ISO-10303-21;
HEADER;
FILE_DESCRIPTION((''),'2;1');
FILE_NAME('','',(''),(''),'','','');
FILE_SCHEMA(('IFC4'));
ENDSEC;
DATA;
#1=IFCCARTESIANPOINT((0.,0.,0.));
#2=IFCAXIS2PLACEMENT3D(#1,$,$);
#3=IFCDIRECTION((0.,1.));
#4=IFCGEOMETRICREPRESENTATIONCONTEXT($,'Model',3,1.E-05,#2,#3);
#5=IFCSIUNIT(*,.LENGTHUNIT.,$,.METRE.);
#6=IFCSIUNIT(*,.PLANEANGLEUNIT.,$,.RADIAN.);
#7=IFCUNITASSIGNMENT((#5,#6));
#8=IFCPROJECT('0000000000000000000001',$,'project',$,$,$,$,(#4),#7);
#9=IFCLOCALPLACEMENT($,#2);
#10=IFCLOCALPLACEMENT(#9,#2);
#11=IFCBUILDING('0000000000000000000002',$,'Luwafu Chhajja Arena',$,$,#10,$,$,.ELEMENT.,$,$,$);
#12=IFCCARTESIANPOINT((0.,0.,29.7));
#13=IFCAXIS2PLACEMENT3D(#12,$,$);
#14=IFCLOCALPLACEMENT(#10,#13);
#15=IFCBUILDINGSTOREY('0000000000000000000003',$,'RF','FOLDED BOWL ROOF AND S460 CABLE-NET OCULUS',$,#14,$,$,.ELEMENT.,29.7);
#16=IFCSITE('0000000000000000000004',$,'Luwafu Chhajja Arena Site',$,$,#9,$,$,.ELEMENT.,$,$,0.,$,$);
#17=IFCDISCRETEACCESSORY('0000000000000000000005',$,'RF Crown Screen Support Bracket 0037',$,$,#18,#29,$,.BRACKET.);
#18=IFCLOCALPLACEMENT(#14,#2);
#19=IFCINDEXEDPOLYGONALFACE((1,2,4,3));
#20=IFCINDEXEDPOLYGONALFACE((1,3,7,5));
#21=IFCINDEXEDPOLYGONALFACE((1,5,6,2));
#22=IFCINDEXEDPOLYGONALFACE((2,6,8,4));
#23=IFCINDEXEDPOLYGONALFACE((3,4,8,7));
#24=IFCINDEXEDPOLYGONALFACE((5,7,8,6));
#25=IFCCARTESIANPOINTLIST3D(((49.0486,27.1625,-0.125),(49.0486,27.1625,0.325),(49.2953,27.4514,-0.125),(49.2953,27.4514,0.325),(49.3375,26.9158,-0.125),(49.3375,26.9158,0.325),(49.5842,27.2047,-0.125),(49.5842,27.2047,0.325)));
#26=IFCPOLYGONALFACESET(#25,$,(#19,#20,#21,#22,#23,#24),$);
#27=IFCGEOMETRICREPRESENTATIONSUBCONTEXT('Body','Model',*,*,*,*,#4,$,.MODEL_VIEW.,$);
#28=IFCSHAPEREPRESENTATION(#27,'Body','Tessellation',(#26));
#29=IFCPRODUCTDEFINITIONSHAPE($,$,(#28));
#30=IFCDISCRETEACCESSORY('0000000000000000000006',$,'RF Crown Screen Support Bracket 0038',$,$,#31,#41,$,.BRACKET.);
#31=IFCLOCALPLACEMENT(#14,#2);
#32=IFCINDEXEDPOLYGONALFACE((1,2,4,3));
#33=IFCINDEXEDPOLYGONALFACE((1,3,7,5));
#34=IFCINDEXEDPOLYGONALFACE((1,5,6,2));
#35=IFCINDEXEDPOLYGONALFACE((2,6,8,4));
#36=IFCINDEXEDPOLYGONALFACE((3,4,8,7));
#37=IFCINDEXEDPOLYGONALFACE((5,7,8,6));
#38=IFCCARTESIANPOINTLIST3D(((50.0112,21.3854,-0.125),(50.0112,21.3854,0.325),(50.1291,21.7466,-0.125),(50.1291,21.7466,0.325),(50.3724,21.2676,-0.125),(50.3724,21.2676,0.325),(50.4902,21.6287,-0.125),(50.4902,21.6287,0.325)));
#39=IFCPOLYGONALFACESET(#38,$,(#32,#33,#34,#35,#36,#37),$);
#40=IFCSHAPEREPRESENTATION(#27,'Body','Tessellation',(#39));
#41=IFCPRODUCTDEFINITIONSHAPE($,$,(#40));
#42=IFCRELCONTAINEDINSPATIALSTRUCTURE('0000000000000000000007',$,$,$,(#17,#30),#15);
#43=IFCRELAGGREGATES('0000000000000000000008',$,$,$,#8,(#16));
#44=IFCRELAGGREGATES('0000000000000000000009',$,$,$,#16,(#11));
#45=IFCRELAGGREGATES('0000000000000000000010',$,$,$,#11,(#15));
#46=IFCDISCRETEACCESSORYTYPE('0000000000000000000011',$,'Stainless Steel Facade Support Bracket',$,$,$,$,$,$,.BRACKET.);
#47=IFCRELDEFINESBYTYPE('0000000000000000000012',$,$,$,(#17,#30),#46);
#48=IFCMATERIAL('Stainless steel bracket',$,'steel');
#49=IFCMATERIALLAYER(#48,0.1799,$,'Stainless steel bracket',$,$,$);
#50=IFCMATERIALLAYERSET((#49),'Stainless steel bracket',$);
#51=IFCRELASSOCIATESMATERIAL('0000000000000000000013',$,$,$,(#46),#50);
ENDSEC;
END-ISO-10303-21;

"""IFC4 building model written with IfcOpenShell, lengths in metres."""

from ifc_helpers import new_model, si_unit, direction, frame, origin, origin_2d, place, context, subcontext, project, spatial, rectangle, extrude, material, layer, layer_set, type_object, element, save


model = new_model("IFC4")

# Units and contexts
model_context = context("Model", 3, precision=1e-05, world=origin(), true_north=direction((0.0, 1.0)))
body_context = subcontext(model_context, "Body", "Model", "MODEL_VIEW")
ifc_project = project(units=[si_unit("LENGTHUNIT", "METRE"), si_unit("PLANEANGLEUNIT", "RADIAN")], contexts=[model_context])

# Site, building, storey
site_placement = place(None, origin())
site = spatial("IfcSite", under=ifc_project, at=site_placement, Name="Luwafu Chhajja Arena Site", CompositionType="ELEMENT", RefElevation=0.0)
building_placement = place(site_placement, origin())
building = spatial("IfcBuilding", under=site, at=building_placement, Name="Luwafu Chhajja Arena", CompositionType="ELEMENT")
storey_placement = place(building_placement, frame((0.0, 0.0, 29.7)))
storey = spatial("IfcBuildingStorey", under=building, at=storey_placement, Name="RF", Description="FOLDED BOWL ROOF AND S460 CABLE-NET OCULUS", CompositionType="ELEMENT", Elevation=29.7)

# Discrete accessories
ifc_material_1 = material(Name="Stainless steel bracket", Category="steel")
ifc_layer_1 = layer(ifc_material_1, 0.1799, Name="Stainless steel bracket")
ifc_layer_set_1 = layer_set([ifc_layer_1], Name="Stainless steel bracket")
discrete_accessory_type = type_object("IfcDiscreteAccessoryType", Name="Stainless Steel Facade Support Bracket", PredefinedType="BRACKET", material=ifc_layer_set_1)
for number, where, z_axis, x_axis, name in (
    (1, (49.3164, 27.1836, -0.125), (0.0, 0.0, 1.0), (0.760439, -0.64941, 0.0), "RF Crown Screen Support Bracket 0037"),
    (2, (50.2507, 21.5071, -0.125), (0.0, 0.0, 1.0), (-0.310226, -0.950663, 0.0), "RF Crown Screen Support Bracket 0038"),
):
    element("IfcDiscreteAccessory", number, at=place(storey_placement, frame(where, z_axis=z_axis, x_axis=x_axis)), inside=storey, type_object=discrete_accessory_type, Name=name, PredefinedType="BRACKET", context=body_context, shape_type="SweptSolid", body=[
        extrude(rectangle(XDim=0.3799, YDim=0.3799, at=origin_2d()), origin(), (0.0, 0.0, 1.0), 0.45),
    ])

save(model, "model.ifc")
